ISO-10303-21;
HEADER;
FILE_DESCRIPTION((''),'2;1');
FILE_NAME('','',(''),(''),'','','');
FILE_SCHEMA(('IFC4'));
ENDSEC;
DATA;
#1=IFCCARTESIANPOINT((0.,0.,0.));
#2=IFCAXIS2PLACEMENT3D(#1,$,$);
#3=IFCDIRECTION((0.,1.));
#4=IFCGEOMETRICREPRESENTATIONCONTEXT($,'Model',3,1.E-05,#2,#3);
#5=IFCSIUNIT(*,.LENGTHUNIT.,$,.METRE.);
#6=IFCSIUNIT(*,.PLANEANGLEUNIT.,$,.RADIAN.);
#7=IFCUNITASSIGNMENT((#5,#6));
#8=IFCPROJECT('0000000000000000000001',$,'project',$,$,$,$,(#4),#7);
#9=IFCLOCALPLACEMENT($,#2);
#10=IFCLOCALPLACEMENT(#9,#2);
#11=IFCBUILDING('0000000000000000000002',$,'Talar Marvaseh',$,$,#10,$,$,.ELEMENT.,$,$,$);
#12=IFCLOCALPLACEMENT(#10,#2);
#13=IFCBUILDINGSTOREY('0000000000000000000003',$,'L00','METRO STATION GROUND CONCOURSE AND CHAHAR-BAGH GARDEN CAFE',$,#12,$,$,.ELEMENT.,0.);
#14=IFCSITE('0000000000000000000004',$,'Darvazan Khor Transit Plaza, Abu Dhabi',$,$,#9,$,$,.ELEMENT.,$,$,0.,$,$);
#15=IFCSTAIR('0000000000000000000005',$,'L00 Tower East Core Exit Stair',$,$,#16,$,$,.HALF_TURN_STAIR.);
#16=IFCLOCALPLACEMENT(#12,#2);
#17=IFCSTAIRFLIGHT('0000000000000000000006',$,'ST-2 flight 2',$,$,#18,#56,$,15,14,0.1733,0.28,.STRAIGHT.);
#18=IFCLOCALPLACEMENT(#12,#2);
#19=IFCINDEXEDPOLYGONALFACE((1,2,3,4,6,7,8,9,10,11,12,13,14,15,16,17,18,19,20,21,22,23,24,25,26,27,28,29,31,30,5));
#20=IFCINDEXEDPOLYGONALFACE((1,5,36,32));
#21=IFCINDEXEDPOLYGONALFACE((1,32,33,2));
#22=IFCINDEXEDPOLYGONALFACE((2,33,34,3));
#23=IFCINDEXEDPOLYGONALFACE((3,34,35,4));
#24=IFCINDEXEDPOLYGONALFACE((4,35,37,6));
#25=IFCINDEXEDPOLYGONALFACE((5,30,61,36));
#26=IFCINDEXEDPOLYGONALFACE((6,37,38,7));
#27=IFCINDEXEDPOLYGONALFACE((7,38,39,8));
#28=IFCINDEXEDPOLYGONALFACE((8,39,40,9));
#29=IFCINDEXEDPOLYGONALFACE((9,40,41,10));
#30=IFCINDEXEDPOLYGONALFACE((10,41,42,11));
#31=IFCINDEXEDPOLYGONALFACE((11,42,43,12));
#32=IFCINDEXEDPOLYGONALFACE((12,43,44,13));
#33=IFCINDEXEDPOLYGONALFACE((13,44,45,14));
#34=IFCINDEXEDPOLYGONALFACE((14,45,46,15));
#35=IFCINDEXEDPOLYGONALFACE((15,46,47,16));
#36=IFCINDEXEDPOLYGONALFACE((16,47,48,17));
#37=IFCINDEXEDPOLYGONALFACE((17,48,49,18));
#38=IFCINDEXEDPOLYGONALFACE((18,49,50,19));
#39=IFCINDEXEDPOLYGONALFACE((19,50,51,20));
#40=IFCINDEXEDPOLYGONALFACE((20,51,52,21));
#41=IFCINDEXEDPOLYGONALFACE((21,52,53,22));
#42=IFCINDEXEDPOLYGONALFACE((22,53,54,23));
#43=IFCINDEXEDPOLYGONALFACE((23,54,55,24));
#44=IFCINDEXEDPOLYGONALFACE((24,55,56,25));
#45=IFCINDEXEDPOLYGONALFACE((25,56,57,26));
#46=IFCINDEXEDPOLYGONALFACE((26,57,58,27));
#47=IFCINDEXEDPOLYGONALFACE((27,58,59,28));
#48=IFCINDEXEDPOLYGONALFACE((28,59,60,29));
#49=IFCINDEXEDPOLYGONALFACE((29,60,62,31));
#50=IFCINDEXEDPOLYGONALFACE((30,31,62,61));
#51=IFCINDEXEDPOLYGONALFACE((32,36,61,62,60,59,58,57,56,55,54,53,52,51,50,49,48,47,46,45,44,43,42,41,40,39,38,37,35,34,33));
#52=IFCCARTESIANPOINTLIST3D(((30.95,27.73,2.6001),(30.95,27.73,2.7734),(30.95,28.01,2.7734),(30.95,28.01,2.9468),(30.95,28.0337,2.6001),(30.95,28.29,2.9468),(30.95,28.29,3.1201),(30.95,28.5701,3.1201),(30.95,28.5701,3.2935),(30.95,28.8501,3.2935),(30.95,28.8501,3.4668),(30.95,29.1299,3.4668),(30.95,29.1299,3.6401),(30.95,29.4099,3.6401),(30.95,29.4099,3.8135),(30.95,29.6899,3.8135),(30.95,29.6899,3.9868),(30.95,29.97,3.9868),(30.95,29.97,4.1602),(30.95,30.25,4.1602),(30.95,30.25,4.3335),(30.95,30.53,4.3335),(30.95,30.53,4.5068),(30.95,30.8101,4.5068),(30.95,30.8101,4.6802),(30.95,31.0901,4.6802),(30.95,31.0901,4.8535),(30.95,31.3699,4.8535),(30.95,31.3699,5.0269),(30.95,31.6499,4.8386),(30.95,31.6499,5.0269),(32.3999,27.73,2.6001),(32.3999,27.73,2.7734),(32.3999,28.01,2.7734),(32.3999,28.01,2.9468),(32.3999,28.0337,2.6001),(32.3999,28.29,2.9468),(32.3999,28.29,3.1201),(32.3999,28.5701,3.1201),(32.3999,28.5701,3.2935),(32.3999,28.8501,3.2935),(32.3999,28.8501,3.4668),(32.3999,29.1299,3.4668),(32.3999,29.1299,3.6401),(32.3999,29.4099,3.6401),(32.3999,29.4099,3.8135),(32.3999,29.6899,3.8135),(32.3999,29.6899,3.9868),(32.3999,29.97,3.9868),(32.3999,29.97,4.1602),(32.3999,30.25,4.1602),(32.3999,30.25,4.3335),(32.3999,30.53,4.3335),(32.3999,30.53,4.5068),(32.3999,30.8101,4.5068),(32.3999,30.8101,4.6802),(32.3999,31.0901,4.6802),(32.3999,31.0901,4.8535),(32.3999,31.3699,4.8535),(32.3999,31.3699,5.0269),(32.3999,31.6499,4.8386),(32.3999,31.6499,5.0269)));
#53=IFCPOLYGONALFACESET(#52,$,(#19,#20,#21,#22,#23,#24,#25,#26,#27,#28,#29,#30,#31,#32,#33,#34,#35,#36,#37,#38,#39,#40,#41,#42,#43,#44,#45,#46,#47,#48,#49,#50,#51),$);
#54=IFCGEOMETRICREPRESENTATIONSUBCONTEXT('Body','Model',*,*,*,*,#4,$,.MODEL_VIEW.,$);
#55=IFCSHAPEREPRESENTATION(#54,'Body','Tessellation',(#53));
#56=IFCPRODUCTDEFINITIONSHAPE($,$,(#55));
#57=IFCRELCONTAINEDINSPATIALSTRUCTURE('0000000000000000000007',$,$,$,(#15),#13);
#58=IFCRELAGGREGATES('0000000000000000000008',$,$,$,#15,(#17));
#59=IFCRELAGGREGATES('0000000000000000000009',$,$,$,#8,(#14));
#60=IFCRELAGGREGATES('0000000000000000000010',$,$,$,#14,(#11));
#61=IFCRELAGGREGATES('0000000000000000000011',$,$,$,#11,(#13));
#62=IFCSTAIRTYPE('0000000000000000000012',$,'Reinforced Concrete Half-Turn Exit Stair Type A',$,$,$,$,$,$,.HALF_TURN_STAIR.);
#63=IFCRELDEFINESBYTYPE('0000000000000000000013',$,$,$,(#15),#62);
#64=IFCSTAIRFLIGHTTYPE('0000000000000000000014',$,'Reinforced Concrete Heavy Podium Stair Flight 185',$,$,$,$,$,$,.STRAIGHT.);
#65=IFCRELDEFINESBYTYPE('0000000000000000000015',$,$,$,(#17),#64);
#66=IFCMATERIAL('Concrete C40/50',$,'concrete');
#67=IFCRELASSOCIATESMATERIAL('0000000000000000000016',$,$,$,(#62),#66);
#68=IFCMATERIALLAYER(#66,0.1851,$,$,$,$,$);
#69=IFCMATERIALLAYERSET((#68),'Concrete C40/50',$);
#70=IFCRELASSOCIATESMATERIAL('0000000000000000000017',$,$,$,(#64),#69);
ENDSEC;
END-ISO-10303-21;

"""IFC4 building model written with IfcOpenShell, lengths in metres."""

from ifc_helpers import new_model, si_unit, direction, frame, origin, place, context, subcontext, project, spatial, polyline, outline, extrude, material, layer, layer_set, type_object, element, aggregate, save


model = new_model("IFC4")

# Units and contexts
model_context = context("Model", 3, precision=1e-05, world=origin(), true_north=direction((0.0, 1.0)))
body_context = subcontext(model_context, "Body", "Model", "MODEL_VIEW")
ifc_project = project(units=[si_unit("LENGTHUNIT", "METRE"), si_unit("PLANEANGLEUNIT", "RADIAN")], contexts=[model_context])

# Site, building, storey
site_placement = place(None, origin())
site = spatial("IfcSite", under=ifc_project, at=site_placement, Name="Darvazan Khor Transit Plaza, Abu Dhabi", CompositionType="ELEMENT", RefElevation=0.0)
building_placement = place(site_placement, origin())
building = spatial("IfcBuilding", under=site, at=building_placement, Name="Talar Marvaseh", CompositionType="ELEMENT")
storey_placement = place(building_placement, origin())
storey = spatial("IfcBuildingStorey", under=building, at=storey_placement, Name="L00", Description="METRO STATION GROUND CONCOURSE AND CHAHAR-BAGH GARDEN CAFE", CompositionType="ELEMENT", Elevation=0.0)

# Shared definitions
ifc_material_1 = material(Name="Concrete C40/50", Category="concrete")

# Shared definitions
stair_type = type_object("IfcStairType", Name="Reinforced Concrete Half-Turn Exit Stair Type A", PredefinedType="HALF_TURN_STAIR", material=ifc_material_1)
ifc_layer_1 = layer(ifc_material_1, 0.1851)
ifc_layer_set_1 = layer_set([ifc_layer_1], Name="Concrete C40/50")
stair_flight_type = type_object("IfcStairFlightType", Name="Reinforced Concrete Heavy Podium Stair Flight 185", PredefinedType="STRAIGHT", material=ifc_layer_set_1)

# Stair, stair flight
stair_1_placement = place(storey_placement, origin())
stair_1 = element("IfcStair", 1, at=stair_1_placement, inside=storey, type_object=stair_type, Name="L00 Tower East Core Exit Stair", PredefinedType="HALF_TURN_STAIR")
stair_flight_1_placement = place(storey_placement, frame((31.675, 27.73, 2.6001), z_axis=(0.0, 0.0, 1.0), x_axis=(0.0, 1.0, 0.0)))
stair_flight_1 = element("IfcStairFlight", 2, at=stair_flight_1_placement, type_object=stair_flight_type, Name="ST-2 flight 2", NumberOfRisers=15, NumberOfTreads=14, PredefinedType="STRAIGHT", RiserHeight=0.1733, TreadLength=0.28, context=body_context, shape_type="SweptSolid", body=[
    extrude(outline(polyline([(0.0, 0.0), (0.0, 0.1733), (0.28, 0.1733), (0.28, 0.3467), (0.5601, 0.3467), (0.5601, 0.52), (0.8401, 0.52), (0.8401, 0.6934), (1.1201, 0.6934), (1.1201, 0.8667), (1.3999, 0.8667), (1.3999, 1.04), (1.6799, 1.04), (1.6799, 1.2134), (1.96, 1.2134), (1.96, 1.3867), (2.24, 1.3867), (2.24, 1.5601), (2.52, 1.5601), (2.52, 1.7334), (2.8, 1.7334), (2.8, 1.9067), (3.0801, 1.9067), (3.0801, 2.0801), (3.3601, 2.0801), (3.3601, 2.2534), (3.6399, 2.2534), (3.6399, 2.4268), (3.9199, 2.4268), (3.9199, 2.6001), (3.9199, 2.2385), (0.3037, 0.0), (0.0, 0.0)])), frame((0.0, 0.7251, 0.0), z_axis=(0.0, -1.0, 0.0), x_axis=(1.0, 0.0, 0.0)), (0.0, 0.0, 1.0), 1.45),
])
aggregate(stair_1, [stair_flight_1])

save(model, "model.ifc")
